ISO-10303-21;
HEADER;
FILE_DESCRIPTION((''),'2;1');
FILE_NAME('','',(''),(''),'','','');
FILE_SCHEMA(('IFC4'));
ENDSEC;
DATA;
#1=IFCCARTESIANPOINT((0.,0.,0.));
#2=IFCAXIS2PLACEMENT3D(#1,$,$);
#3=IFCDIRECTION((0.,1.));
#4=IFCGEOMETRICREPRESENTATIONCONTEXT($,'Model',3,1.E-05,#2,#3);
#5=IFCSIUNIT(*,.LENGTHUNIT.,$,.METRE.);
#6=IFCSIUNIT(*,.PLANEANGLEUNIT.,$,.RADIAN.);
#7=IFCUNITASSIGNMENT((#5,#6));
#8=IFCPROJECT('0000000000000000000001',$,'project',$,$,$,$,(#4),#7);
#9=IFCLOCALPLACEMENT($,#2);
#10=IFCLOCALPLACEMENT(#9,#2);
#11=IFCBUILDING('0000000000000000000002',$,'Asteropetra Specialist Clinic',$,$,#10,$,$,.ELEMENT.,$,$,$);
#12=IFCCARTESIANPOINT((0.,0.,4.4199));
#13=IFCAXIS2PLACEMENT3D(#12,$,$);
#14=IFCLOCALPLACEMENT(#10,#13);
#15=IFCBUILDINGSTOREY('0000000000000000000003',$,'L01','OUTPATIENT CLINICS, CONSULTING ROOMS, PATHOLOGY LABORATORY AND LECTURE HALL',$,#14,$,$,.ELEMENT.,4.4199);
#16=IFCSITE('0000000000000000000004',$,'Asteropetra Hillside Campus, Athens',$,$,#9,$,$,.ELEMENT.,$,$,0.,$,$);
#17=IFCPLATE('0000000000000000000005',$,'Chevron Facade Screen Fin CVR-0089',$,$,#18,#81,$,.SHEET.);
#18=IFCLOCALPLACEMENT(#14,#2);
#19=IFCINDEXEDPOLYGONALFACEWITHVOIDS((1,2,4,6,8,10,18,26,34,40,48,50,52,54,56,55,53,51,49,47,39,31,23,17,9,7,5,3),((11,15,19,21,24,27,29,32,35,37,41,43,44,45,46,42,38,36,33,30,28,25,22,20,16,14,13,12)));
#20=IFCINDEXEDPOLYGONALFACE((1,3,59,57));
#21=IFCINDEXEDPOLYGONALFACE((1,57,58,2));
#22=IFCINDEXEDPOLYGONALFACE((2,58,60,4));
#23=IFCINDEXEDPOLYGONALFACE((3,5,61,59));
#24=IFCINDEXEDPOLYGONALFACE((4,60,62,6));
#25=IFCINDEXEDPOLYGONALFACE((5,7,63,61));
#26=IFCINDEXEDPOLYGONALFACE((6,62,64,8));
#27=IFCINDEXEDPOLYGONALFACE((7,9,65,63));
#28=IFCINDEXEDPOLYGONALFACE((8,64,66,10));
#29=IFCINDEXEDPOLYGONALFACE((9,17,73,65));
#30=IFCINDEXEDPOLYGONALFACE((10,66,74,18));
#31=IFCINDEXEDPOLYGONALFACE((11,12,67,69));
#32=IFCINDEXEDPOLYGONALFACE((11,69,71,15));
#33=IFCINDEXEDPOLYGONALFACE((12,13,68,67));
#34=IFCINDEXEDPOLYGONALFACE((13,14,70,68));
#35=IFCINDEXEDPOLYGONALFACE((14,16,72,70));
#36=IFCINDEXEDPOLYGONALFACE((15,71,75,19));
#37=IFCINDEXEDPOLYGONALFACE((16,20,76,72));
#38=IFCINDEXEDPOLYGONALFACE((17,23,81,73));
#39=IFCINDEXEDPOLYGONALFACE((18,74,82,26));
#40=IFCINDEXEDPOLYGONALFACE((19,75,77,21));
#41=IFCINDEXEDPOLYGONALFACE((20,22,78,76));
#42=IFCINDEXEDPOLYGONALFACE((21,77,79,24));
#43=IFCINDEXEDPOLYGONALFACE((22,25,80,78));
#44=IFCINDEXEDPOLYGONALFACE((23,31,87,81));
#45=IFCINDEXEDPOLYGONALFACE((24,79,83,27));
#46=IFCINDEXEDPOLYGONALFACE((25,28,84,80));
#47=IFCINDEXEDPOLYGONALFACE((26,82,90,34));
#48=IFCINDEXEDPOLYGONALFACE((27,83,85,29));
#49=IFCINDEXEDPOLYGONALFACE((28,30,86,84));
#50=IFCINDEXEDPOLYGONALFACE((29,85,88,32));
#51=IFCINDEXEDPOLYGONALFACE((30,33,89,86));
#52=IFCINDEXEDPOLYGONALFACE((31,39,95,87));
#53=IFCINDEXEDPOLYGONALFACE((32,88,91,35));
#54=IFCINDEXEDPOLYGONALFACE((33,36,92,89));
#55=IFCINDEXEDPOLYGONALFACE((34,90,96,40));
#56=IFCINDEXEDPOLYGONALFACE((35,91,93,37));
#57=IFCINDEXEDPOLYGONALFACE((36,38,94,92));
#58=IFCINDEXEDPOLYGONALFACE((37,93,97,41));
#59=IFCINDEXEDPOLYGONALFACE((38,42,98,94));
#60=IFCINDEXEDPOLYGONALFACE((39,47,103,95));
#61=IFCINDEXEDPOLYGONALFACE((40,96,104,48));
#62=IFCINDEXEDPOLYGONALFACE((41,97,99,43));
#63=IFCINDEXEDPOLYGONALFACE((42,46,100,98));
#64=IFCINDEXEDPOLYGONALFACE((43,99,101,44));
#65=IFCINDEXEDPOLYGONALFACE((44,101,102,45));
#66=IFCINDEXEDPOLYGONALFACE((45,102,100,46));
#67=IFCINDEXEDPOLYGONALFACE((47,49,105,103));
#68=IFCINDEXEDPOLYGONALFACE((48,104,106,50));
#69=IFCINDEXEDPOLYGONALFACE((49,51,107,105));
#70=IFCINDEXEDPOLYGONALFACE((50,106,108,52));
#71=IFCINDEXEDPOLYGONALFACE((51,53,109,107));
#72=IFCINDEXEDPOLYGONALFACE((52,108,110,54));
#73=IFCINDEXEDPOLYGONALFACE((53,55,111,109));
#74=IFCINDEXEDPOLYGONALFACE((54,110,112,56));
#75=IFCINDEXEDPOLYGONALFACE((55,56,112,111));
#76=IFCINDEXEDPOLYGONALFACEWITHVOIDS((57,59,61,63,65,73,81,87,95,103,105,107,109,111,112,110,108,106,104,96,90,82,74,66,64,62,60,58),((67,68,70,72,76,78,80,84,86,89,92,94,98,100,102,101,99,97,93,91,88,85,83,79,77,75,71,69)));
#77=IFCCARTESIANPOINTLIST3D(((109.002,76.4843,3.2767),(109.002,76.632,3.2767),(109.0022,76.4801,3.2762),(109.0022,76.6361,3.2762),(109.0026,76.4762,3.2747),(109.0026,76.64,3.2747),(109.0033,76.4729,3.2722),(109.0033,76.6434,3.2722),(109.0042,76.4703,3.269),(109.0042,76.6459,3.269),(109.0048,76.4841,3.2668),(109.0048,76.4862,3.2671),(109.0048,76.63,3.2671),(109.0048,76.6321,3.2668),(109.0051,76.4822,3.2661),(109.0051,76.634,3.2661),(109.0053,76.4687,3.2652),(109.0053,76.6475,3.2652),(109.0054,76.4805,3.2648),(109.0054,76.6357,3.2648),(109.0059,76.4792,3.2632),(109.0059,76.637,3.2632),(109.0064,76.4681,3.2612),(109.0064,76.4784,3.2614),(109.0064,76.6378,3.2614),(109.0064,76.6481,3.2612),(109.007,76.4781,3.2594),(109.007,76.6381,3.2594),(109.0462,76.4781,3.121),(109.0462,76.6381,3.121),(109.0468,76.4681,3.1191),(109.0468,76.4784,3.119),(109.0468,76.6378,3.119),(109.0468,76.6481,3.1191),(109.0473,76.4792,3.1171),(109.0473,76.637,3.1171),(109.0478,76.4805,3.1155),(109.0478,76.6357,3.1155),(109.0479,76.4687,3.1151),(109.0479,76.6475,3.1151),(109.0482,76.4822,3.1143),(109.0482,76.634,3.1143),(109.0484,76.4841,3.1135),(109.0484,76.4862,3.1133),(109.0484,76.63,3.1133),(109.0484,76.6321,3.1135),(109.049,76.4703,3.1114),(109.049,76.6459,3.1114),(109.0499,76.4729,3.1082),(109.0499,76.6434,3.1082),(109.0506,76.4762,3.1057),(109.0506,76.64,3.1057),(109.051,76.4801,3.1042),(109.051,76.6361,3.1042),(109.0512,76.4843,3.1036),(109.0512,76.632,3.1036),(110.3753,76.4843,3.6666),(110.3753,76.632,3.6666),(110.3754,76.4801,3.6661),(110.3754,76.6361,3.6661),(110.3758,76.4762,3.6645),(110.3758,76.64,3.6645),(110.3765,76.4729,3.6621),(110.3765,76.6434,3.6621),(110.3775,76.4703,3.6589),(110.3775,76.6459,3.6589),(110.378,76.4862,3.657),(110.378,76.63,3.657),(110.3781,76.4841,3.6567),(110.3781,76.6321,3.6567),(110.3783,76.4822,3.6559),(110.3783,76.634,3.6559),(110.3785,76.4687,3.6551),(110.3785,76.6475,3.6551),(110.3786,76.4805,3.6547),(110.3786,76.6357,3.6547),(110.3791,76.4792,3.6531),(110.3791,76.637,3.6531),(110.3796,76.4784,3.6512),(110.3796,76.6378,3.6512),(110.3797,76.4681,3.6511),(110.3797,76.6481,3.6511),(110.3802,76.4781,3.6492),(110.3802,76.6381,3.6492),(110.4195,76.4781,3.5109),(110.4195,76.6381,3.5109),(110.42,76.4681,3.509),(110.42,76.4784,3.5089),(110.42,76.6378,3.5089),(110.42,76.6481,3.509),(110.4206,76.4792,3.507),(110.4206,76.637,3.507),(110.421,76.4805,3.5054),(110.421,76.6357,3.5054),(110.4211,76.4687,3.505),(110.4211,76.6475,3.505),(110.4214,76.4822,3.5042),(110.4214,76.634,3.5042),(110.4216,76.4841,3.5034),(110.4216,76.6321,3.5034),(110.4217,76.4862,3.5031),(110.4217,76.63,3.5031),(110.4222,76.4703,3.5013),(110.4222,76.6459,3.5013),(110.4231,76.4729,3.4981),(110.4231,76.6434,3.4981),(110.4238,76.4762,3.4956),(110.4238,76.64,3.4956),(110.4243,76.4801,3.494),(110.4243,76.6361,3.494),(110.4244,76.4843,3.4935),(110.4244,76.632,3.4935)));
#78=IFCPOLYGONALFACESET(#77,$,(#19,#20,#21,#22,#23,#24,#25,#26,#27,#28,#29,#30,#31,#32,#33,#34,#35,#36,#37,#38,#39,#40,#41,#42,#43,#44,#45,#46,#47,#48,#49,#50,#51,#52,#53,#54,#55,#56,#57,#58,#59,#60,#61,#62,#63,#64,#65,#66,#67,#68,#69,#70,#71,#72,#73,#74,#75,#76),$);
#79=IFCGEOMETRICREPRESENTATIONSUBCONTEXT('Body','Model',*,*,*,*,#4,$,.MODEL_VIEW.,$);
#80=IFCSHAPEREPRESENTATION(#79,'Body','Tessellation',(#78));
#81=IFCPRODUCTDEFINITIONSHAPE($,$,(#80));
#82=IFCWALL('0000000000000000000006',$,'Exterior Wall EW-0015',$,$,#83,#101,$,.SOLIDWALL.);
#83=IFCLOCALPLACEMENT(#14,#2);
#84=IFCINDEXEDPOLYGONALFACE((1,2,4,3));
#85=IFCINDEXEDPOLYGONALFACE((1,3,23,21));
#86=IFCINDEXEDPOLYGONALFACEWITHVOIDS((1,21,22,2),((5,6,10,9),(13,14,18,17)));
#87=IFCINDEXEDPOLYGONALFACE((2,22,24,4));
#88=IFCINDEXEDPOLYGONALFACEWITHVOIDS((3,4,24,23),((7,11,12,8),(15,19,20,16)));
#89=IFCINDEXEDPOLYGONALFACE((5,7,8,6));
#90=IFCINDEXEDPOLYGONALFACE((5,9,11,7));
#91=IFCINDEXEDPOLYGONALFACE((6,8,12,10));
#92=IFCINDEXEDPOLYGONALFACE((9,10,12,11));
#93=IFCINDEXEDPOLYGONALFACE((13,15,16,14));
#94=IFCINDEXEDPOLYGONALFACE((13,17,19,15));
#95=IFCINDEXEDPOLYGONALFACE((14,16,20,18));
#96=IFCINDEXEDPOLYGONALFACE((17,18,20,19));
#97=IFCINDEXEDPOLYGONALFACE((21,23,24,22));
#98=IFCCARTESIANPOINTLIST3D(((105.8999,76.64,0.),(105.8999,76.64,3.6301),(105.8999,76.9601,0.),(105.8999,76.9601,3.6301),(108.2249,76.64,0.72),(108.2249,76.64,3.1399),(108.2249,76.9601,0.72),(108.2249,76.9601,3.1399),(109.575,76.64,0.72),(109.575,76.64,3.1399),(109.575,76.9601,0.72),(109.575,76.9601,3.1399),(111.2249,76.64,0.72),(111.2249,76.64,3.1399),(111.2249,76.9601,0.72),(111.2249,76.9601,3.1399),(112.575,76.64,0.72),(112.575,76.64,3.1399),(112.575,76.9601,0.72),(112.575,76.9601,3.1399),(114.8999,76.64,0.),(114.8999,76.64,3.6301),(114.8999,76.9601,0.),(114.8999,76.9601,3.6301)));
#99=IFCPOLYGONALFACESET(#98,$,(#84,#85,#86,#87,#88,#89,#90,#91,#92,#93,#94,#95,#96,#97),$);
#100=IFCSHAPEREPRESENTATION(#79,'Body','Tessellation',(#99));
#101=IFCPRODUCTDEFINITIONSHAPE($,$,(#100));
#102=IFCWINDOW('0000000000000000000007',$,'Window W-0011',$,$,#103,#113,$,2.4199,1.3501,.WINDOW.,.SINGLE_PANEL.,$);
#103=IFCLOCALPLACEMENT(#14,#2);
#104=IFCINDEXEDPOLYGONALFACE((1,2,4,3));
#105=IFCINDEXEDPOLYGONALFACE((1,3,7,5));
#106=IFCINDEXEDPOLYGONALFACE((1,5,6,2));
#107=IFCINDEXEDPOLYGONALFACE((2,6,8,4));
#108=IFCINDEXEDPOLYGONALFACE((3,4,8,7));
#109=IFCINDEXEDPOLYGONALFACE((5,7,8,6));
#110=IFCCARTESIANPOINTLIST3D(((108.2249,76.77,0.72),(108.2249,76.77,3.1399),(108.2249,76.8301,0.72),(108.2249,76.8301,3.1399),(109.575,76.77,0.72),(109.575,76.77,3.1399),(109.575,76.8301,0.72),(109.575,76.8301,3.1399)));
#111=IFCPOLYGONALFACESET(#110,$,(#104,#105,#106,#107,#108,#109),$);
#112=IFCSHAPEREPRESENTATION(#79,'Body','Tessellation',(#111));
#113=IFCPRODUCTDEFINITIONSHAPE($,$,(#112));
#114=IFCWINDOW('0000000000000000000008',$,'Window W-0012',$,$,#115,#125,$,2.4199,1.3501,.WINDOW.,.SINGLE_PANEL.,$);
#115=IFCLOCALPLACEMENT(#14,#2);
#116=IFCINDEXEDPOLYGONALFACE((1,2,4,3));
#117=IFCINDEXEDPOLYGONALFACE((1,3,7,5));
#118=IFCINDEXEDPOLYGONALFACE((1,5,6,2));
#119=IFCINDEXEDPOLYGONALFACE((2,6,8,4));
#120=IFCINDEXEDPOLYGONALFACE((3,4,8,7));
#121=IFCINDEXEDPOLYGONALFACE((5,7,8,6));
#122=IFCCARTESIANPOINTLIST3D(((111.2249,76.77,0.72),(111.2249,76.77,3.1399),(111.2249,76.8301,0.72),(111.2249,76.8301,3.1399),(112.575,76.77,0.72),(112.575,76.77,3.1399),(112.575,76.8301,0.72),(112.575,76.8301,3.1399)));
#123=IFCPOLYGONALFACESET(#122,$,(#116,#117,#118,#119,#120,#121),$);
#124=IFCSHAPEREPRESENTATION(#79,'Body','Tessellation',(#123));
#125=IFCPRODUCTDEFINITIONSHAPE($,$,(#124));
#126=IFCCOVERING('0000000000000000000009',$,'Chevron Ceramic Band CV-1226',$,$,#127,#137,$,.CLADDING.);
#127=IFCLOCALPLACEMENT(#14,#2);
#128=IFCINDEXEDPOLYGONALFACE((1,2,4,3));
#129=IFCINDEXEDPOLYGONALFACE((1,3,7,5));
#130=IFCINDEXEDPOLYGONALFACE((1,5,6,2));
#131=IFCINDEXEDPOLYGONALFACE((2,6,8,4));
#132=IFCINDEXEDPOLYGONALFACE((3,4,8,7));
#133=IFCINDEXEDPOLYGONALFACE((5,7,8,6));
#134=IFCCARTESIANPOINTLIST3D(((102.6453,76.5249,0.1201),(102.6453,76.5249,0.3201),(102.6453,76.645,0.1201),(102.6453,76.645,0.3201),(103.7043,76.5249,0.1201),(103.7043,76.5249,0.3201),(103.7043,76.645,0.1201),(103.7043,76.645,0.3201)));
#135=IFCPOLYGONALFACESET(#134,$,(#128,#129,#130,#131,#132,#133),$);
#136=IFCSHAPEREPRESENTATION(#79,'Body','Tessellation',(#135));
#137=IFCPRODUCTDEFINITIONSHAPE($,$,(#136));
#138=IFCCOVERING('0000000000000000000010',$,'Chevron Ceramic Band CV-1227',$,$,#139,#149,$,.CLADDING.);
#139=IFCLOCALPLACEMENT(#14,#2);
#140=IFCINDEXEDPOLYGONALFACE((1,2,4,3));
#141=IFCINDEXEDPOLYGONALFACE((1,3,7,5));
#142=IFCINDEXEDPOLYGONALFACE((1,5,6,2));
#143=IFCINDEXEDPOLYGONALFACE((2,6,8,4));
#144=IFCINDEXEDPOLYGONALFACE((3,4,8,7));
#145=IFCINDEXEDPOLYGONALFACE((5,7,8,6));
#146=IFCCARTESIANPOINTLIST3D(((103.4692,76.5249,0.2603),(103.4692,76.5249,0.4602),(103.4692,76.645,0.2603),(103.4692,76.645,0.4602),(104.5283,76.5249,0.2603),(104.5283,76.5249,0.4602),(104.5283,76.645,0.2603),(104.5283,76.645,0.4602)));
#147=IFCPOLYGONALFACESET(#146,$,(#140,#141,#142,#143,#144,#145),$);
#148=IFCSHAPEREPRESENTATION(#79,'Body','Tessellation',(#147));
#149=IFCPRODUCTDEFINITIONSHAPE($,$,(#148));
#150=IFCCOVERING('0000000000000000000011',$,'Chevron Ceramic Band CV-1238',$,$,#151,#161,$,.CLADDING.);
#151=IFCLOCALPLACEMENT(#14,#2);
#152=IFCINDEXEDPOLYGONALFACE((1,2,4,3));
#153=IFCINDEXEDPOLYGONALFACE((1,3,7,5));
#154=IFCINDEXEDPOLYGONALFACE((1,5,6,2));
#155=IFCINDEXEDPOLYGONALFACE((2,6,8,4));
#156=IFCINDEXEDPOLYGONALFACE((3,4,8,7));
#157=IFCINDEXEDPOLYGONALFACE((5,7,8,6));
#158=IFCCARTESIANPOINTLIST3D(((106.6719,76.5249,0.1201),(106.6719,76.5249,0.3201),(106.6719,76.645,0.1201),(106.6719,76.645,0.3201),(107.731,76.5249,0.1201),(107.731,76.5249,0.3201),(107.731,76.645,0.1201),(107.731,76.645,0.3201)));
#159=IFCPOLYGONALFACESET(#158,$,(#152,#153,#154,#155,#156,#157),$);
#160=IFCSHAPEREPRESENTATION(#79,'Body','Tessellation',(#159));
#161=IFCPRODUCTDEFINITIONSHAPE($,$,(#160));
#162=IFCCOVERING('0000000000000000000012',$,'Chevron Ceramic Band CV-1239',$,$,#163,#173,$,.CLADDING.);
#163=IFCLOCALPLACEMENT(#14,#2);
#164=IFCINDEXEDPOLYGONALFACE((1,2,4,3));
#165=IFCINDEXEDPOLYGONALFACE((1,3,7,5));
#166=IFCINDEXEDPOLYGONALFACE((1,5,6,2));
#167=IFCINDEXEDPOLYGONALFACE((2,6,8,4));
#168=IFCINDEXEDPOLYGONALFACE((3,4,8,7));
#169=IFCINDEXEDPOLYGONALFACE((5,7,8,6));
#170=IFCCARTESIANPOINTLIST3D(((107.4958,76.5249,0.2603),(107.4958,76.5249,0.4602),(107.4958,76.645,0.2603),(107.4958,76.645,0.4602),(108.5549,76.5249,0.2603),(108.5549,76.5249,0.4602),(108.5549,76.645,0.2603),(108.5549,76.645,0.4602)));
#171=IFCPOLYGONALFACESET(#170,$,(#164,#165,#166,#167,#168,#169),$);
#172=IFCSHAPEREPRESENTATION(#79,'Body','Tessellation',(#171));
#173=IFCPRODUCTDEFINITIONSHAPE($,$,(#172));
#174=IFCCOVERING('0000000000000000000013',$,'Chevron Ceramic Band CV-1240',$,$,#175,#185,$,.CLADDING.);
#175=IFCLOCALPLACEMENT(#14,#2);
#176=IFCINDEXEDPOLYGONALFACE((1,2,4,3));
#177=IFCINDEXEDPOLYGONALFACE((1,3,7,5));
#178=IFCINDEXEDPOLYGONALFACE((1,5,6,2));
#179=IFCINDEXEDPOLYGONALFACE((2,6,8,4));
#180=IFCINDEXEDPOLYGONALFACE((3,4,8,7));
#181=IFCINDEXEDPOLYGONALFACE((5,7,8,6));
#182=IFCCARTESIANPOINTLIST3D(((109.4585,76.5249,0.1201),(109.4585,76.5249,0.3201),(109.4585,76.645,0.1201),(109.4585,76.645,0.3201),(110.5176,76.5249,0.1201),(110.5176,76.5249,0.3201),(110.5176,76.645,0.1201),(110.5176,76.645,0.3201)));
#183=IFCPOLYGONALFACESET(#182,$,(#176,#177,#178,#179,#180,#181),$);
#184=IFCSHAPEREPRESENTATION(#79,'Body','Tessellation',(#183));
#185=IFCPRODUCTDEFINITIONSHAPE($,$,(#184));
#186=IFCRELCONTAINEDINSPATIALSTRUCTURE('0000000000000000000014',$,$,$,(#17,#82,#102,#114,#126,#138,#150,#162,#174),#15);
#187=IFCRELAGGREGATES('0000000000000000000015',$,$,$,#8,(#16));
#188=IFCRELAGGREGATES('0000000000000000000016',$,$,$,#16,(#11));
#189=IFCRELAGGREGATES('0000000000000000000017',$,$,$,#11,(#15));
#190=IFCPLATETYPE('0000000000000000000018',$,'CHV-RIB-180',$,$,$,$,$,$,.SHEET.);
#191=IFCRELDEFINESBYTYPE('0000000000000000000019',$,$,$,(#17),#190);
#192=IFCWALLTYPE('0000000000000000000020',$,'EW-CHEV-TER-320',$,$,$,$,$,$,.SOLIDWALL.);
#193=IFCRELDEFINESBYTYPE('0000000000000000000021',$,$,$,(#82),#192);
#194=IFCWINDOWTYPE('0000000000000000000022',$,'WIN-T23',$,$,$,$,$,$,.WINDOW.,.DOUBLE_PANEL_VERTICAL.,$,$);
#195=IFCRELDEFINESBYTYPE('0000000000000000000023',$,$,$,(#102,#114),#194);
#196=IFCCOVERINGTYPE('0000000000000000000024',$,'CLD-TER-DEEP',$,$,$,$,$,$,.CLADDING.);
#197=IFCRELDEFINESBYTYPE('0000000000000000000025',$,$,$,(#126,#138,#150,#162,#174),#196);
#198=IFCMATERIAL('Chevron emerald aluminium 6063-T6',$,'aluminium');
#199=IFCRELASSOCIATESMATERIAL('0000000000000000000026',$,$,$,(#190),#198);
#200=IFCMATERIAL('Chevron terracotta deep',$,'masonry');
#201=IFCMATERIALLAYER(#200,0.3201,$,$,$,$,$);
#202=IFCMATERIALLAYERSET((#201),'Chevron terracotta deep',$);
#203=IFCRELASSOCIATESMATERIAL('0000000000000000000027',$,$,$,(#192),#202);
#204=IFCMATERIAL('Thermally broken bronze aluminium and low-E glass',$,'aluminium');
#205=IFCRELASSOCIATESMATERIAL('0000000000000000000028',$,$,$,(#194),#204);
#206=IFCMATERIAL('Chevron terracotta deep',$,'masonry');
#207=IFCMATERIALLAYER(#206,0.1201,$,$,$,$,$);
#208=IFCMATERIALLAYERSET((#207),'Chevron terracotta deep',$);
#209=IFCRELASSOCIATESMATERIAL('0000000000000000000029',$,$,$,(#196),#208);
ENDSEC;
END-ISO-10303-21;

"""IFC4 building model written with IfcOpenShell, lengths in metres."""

from ifc_helpers import new_model, si_unit, direction, frame, frame_2d, origin, origin_2d, place, context, subcontext, project, spatial, rectangle, hollow_rectangle, extrude, material, layer, layer_set, material_profile, profile_set, type_object, element, fill, save


model = new_model("IFC4")

# Units and contexts
model_context = context("Model", 3, precision=1e-05, world=origin(), true_north=direction((0.0, 1.0)))
body_context = subcontext(model_context, "Body", "Model", "MODEL_VIEW")
ifc_project = project(units=[si_unit("LENGTHUNIT", "METRE"), si_unit("PLANEANGLEUNIT", "RADIAN")], contexts=[model_context])

# Site, building, storey
site_placement = place(None, origin())
site = spatial("IfcSite", under=ifc_project, at=site_placement, Name="Asteropetra Hillside Campus, Athens", CompositionType="ELEMENT", RefElevation=0.0)
building_placement = place(site_placement, origin())
building = spatial("IfcBuilding", under=site, at=building_placement, Name="Asteropetra Specialist Clinic", CompositionType="ELEMENT")
storey_placement = place(building_placement, frame((0.0, 0.0, 4.4199)))
storey = spatial("IfcBuildingStorey", under=building, at=storey_placement, Name="L01", Description="OUTPATIENT CLINICS, CONSULTING ROOMS, PATHOLOGY LABORATORY AND LECTURE HALL", CompositionType="ELEMENT", Elevation=4.4199)

# Plate
ifc_material_1 = material(Name="Chevron emerald aluminium 6063-T6", Category="aluminium")
ifc_material_profile_1 = material_profile(ifc_material_1, hollow_rectangle(XDim=0.1799, YDim=0.1799, WallThickness=0.01, InnerFilletRadius=0.0081, OuterFilletRadius=0.0161, at=origin_2d()), Name="SHS 180x180x10.0")
ifc_profile_set_1 = profile_set([ifc_material_profile_1], Name="Chevron emerald aluminium 6063-T6")
plate_type = type_object("IfcPlateType", Name="CHV-RIB-180", PredefinedType="SHEET", material=ifc_profile_set_1)
plate_1_placement = place(storey_placement, frame((109.0266, 76.5581, 3.1902), z_axis=(0.961981, 0.0, 0.273117), x_axis=(0.0, 1.0, 0.0)))
element("IfcPlate", 1, at=plate_1_placement, inside=storey, type_object=plate_type, Name="Chevron Facade Screen Fin CVR-0089", PredefinedType="SHEET", context=body_context, shape_type="SweptSolid", body=[
    extrude(hollow_rectangle(XDim=0.1799, YDim=0.1799, WallThickness=0.01, InnerFilletRadius=0.0081, OuterFilletRadius=0.0161, at=origin_2d()), origin(), (0.0, 0.0, 1.0), 1.4275),
])

# Wall, openings, windows
ifc_material_2 = material(Name="Chevron terracotta deep", Category="masonry")
ifc_layer_1 = layer(ifc_material_2, 0.3201)
ifc_layer_set_1 = layer_set([ifc_layer_1], Name="Chevron terracotta deep")
wall_type = type_object("IfcWallType", Name="EW-CHEV-TER-320", PredefinedType="SOLIDWALL", material=ifc_layer_set_1)
wall_placement = place(storey_placement, frame((105.8999, 76.8, 0.0), z_axis=(0.0, 0.0, 1.0), x_axis=(1.0, 0.0, 0.0)))
wall = element("IfcWall", 2, at=wall_placement, inside=storey, type_object=wall_type, Name="Exterior Wall EW-0015", PredefinedType="SOLIDWALL", context=body_context, shape_type="SweptSolid", body=[
    extrude(rectangle(XDim=9.0, YDim=0.3201, at=frame_2d((4.5, 0.0))), origin(), (0.0, 0.0, 1.0), 3.6301),
])
opening_1_placement = place(wall_placement, frame((2.325, 0.0, 0.72)))
opening_1 = element("IfcOpeningElement", 3, at=opening_1_placement, cuts=wall, PredefinedType="OPENING", context=body_context, shape_type="SweptSolid", body=[
    extrude(rectangle(XDim=1.3501, YDim=2.4199, at=frame_2d((0.675, 1.21))), frame((0.0, 0.1699, 0.0), z_axis=(0.0, -1.0, 0.0), x_axis=(1.0, 0.0, 0.0)), (0.0, 0.0, 1.0), 0.3401),
])
opening_2_placement = place(wall_placement, frame((5.325, 0.0, 0.72)))
opening_2 = element("IfcOpeningElement", 4, at=opening_2_placement, cuts=wall, PredefinedType="OPENING", context=body_context, shape_type="SweptSolid", body=[
    extrude(rectangle(XDim=1.3501, YDim=2.4199, at=frame_2d((0.675, 1.21))), frame((0.0, 0.1699, 0.0), z_axis=(0.0, -1.0, 0.0), x_axis=(1.0, 0.0, 0.0)), (0.0, 0.0, 1.0), 0.3401),
])
ifc_material_3 = material(Name="Thermally broken bronze aluminium and low-E glass", Category="aluminium")
window_type = type_object("IfcWindowType", Name="WIN-T23", PartitioningType="DOUBLE_PANEL_VERTICAL", PredefinedType="WINDOW", material=ifc_material_3)
window_1_placement = place(opening_1_placement, origin())
window_1 = element("IfcWindow", 5, at=window_1_placement, inside=storey, type_object=window_type, Name="Window W-0011", OverallHeight=2.4199, OverallWidth=1.3501, PartitioningType="SINGLE_PANEL", PredefinedType="WINDOW", context=body_context, shape_type="SweptSolid", body=[
    extrude(rectangle(XDim=1.3501, YDim=2.4199, at=frame_2d((0.675, 1.21))), frame((0.0, 0.03, 0.0), z_axis=(0.0, -1.0, 0.0), x_axis=(1.0, 0.0, 0.0)), (0.0, 0.0, 1.0), 0.0601),
])
fill(opening_1, window_1)
window_2_placement = place(opening_2_placement, origin())
window_2 = element("IfcWindow", 6, at=window_2_placement, inside=storey, type_object=window_type, Name="Window W-0012", OverallHeight=2.4199, OverallWidth=1.3501, PartitioningType="SINGLE_PANEL", PredefinedType="WINDOW", context=body_context, shape_type="SweptSolid", body=[
    extrude(rectangle(XDim=1.3501, YDim=2.4199, at=frame_2d((0.675, 1.21))), frame((0.0, 0.03, 0.0), z_axis=(0.0, -1.0, 0.0), x_axis=(1.0, 0.0, 0.0)), (0.0, 0.0, 1.0), 0.0601),
])
fill(opening_2, window_2)

# Coverings
ifc_material_4 = material(Name="Chevron terracotta deep", Category="masonry")
ifc_layer_2 = layer(ifc_material_4, 0.1201)
ifc_layer_set_2 = layer_set([ifc_layer_2], Name="Chevron terracotta deep")
covering_type_1 = type_object("IfcCoveringType", Name="CLD-TER-DEEP", PredefinedType="CLADDING", material=ifc_layer_set_2)
for number, where, z_axis, x_axis, name in (
    (7, (103.1748, 76.585, 0.1201), (0.0, 0.0, 1.0), (1.0, 0.0, 0.0), "Chevron Ceramic Band CV-1226"),
    (8, (103.9988, 76.585, 0.2603), (0.0, 0.0, 1.0), (1.0, 0.0, 0.0), "Chevron Ceramic Band CV-1227"),
    (9, (107.2014, 76.585, 0.1201), (0.0, 0.0, 1.0), (1.0, 0.0, 0.0), "Chevron Ceramic Band CV-1238"),
    (10, (108.0254, 76.585, 0.2603), (0.0, 0.0, 1.0), (1.0, 0.0, 0.0), "Chevron Ceramic Band CV-1239"),
    (11, (109.988, 76.585, 0.1201), (0.0, 0.0, 1.0), (1.0, 0.0, 0.0), "Chevron Ceramic Band CV-1240"),
):
    element("IfcCovering", number, at=place(storey_placement, frame(where, z_axis=z_axis, x_axis=x_axis)), inside=storey, type_object=covering_type_1, Name=name, PredefinedType="CLADDING", context=body_context, shape_type="SweptSolid", body=[
        extrude(rectangle(XDim=1.0591, YDim=0.1201, at=origin_2d()), origin(), (0.0, 0.0, 1.0), 0.2),
    ])

save(model, "model.ifc")
